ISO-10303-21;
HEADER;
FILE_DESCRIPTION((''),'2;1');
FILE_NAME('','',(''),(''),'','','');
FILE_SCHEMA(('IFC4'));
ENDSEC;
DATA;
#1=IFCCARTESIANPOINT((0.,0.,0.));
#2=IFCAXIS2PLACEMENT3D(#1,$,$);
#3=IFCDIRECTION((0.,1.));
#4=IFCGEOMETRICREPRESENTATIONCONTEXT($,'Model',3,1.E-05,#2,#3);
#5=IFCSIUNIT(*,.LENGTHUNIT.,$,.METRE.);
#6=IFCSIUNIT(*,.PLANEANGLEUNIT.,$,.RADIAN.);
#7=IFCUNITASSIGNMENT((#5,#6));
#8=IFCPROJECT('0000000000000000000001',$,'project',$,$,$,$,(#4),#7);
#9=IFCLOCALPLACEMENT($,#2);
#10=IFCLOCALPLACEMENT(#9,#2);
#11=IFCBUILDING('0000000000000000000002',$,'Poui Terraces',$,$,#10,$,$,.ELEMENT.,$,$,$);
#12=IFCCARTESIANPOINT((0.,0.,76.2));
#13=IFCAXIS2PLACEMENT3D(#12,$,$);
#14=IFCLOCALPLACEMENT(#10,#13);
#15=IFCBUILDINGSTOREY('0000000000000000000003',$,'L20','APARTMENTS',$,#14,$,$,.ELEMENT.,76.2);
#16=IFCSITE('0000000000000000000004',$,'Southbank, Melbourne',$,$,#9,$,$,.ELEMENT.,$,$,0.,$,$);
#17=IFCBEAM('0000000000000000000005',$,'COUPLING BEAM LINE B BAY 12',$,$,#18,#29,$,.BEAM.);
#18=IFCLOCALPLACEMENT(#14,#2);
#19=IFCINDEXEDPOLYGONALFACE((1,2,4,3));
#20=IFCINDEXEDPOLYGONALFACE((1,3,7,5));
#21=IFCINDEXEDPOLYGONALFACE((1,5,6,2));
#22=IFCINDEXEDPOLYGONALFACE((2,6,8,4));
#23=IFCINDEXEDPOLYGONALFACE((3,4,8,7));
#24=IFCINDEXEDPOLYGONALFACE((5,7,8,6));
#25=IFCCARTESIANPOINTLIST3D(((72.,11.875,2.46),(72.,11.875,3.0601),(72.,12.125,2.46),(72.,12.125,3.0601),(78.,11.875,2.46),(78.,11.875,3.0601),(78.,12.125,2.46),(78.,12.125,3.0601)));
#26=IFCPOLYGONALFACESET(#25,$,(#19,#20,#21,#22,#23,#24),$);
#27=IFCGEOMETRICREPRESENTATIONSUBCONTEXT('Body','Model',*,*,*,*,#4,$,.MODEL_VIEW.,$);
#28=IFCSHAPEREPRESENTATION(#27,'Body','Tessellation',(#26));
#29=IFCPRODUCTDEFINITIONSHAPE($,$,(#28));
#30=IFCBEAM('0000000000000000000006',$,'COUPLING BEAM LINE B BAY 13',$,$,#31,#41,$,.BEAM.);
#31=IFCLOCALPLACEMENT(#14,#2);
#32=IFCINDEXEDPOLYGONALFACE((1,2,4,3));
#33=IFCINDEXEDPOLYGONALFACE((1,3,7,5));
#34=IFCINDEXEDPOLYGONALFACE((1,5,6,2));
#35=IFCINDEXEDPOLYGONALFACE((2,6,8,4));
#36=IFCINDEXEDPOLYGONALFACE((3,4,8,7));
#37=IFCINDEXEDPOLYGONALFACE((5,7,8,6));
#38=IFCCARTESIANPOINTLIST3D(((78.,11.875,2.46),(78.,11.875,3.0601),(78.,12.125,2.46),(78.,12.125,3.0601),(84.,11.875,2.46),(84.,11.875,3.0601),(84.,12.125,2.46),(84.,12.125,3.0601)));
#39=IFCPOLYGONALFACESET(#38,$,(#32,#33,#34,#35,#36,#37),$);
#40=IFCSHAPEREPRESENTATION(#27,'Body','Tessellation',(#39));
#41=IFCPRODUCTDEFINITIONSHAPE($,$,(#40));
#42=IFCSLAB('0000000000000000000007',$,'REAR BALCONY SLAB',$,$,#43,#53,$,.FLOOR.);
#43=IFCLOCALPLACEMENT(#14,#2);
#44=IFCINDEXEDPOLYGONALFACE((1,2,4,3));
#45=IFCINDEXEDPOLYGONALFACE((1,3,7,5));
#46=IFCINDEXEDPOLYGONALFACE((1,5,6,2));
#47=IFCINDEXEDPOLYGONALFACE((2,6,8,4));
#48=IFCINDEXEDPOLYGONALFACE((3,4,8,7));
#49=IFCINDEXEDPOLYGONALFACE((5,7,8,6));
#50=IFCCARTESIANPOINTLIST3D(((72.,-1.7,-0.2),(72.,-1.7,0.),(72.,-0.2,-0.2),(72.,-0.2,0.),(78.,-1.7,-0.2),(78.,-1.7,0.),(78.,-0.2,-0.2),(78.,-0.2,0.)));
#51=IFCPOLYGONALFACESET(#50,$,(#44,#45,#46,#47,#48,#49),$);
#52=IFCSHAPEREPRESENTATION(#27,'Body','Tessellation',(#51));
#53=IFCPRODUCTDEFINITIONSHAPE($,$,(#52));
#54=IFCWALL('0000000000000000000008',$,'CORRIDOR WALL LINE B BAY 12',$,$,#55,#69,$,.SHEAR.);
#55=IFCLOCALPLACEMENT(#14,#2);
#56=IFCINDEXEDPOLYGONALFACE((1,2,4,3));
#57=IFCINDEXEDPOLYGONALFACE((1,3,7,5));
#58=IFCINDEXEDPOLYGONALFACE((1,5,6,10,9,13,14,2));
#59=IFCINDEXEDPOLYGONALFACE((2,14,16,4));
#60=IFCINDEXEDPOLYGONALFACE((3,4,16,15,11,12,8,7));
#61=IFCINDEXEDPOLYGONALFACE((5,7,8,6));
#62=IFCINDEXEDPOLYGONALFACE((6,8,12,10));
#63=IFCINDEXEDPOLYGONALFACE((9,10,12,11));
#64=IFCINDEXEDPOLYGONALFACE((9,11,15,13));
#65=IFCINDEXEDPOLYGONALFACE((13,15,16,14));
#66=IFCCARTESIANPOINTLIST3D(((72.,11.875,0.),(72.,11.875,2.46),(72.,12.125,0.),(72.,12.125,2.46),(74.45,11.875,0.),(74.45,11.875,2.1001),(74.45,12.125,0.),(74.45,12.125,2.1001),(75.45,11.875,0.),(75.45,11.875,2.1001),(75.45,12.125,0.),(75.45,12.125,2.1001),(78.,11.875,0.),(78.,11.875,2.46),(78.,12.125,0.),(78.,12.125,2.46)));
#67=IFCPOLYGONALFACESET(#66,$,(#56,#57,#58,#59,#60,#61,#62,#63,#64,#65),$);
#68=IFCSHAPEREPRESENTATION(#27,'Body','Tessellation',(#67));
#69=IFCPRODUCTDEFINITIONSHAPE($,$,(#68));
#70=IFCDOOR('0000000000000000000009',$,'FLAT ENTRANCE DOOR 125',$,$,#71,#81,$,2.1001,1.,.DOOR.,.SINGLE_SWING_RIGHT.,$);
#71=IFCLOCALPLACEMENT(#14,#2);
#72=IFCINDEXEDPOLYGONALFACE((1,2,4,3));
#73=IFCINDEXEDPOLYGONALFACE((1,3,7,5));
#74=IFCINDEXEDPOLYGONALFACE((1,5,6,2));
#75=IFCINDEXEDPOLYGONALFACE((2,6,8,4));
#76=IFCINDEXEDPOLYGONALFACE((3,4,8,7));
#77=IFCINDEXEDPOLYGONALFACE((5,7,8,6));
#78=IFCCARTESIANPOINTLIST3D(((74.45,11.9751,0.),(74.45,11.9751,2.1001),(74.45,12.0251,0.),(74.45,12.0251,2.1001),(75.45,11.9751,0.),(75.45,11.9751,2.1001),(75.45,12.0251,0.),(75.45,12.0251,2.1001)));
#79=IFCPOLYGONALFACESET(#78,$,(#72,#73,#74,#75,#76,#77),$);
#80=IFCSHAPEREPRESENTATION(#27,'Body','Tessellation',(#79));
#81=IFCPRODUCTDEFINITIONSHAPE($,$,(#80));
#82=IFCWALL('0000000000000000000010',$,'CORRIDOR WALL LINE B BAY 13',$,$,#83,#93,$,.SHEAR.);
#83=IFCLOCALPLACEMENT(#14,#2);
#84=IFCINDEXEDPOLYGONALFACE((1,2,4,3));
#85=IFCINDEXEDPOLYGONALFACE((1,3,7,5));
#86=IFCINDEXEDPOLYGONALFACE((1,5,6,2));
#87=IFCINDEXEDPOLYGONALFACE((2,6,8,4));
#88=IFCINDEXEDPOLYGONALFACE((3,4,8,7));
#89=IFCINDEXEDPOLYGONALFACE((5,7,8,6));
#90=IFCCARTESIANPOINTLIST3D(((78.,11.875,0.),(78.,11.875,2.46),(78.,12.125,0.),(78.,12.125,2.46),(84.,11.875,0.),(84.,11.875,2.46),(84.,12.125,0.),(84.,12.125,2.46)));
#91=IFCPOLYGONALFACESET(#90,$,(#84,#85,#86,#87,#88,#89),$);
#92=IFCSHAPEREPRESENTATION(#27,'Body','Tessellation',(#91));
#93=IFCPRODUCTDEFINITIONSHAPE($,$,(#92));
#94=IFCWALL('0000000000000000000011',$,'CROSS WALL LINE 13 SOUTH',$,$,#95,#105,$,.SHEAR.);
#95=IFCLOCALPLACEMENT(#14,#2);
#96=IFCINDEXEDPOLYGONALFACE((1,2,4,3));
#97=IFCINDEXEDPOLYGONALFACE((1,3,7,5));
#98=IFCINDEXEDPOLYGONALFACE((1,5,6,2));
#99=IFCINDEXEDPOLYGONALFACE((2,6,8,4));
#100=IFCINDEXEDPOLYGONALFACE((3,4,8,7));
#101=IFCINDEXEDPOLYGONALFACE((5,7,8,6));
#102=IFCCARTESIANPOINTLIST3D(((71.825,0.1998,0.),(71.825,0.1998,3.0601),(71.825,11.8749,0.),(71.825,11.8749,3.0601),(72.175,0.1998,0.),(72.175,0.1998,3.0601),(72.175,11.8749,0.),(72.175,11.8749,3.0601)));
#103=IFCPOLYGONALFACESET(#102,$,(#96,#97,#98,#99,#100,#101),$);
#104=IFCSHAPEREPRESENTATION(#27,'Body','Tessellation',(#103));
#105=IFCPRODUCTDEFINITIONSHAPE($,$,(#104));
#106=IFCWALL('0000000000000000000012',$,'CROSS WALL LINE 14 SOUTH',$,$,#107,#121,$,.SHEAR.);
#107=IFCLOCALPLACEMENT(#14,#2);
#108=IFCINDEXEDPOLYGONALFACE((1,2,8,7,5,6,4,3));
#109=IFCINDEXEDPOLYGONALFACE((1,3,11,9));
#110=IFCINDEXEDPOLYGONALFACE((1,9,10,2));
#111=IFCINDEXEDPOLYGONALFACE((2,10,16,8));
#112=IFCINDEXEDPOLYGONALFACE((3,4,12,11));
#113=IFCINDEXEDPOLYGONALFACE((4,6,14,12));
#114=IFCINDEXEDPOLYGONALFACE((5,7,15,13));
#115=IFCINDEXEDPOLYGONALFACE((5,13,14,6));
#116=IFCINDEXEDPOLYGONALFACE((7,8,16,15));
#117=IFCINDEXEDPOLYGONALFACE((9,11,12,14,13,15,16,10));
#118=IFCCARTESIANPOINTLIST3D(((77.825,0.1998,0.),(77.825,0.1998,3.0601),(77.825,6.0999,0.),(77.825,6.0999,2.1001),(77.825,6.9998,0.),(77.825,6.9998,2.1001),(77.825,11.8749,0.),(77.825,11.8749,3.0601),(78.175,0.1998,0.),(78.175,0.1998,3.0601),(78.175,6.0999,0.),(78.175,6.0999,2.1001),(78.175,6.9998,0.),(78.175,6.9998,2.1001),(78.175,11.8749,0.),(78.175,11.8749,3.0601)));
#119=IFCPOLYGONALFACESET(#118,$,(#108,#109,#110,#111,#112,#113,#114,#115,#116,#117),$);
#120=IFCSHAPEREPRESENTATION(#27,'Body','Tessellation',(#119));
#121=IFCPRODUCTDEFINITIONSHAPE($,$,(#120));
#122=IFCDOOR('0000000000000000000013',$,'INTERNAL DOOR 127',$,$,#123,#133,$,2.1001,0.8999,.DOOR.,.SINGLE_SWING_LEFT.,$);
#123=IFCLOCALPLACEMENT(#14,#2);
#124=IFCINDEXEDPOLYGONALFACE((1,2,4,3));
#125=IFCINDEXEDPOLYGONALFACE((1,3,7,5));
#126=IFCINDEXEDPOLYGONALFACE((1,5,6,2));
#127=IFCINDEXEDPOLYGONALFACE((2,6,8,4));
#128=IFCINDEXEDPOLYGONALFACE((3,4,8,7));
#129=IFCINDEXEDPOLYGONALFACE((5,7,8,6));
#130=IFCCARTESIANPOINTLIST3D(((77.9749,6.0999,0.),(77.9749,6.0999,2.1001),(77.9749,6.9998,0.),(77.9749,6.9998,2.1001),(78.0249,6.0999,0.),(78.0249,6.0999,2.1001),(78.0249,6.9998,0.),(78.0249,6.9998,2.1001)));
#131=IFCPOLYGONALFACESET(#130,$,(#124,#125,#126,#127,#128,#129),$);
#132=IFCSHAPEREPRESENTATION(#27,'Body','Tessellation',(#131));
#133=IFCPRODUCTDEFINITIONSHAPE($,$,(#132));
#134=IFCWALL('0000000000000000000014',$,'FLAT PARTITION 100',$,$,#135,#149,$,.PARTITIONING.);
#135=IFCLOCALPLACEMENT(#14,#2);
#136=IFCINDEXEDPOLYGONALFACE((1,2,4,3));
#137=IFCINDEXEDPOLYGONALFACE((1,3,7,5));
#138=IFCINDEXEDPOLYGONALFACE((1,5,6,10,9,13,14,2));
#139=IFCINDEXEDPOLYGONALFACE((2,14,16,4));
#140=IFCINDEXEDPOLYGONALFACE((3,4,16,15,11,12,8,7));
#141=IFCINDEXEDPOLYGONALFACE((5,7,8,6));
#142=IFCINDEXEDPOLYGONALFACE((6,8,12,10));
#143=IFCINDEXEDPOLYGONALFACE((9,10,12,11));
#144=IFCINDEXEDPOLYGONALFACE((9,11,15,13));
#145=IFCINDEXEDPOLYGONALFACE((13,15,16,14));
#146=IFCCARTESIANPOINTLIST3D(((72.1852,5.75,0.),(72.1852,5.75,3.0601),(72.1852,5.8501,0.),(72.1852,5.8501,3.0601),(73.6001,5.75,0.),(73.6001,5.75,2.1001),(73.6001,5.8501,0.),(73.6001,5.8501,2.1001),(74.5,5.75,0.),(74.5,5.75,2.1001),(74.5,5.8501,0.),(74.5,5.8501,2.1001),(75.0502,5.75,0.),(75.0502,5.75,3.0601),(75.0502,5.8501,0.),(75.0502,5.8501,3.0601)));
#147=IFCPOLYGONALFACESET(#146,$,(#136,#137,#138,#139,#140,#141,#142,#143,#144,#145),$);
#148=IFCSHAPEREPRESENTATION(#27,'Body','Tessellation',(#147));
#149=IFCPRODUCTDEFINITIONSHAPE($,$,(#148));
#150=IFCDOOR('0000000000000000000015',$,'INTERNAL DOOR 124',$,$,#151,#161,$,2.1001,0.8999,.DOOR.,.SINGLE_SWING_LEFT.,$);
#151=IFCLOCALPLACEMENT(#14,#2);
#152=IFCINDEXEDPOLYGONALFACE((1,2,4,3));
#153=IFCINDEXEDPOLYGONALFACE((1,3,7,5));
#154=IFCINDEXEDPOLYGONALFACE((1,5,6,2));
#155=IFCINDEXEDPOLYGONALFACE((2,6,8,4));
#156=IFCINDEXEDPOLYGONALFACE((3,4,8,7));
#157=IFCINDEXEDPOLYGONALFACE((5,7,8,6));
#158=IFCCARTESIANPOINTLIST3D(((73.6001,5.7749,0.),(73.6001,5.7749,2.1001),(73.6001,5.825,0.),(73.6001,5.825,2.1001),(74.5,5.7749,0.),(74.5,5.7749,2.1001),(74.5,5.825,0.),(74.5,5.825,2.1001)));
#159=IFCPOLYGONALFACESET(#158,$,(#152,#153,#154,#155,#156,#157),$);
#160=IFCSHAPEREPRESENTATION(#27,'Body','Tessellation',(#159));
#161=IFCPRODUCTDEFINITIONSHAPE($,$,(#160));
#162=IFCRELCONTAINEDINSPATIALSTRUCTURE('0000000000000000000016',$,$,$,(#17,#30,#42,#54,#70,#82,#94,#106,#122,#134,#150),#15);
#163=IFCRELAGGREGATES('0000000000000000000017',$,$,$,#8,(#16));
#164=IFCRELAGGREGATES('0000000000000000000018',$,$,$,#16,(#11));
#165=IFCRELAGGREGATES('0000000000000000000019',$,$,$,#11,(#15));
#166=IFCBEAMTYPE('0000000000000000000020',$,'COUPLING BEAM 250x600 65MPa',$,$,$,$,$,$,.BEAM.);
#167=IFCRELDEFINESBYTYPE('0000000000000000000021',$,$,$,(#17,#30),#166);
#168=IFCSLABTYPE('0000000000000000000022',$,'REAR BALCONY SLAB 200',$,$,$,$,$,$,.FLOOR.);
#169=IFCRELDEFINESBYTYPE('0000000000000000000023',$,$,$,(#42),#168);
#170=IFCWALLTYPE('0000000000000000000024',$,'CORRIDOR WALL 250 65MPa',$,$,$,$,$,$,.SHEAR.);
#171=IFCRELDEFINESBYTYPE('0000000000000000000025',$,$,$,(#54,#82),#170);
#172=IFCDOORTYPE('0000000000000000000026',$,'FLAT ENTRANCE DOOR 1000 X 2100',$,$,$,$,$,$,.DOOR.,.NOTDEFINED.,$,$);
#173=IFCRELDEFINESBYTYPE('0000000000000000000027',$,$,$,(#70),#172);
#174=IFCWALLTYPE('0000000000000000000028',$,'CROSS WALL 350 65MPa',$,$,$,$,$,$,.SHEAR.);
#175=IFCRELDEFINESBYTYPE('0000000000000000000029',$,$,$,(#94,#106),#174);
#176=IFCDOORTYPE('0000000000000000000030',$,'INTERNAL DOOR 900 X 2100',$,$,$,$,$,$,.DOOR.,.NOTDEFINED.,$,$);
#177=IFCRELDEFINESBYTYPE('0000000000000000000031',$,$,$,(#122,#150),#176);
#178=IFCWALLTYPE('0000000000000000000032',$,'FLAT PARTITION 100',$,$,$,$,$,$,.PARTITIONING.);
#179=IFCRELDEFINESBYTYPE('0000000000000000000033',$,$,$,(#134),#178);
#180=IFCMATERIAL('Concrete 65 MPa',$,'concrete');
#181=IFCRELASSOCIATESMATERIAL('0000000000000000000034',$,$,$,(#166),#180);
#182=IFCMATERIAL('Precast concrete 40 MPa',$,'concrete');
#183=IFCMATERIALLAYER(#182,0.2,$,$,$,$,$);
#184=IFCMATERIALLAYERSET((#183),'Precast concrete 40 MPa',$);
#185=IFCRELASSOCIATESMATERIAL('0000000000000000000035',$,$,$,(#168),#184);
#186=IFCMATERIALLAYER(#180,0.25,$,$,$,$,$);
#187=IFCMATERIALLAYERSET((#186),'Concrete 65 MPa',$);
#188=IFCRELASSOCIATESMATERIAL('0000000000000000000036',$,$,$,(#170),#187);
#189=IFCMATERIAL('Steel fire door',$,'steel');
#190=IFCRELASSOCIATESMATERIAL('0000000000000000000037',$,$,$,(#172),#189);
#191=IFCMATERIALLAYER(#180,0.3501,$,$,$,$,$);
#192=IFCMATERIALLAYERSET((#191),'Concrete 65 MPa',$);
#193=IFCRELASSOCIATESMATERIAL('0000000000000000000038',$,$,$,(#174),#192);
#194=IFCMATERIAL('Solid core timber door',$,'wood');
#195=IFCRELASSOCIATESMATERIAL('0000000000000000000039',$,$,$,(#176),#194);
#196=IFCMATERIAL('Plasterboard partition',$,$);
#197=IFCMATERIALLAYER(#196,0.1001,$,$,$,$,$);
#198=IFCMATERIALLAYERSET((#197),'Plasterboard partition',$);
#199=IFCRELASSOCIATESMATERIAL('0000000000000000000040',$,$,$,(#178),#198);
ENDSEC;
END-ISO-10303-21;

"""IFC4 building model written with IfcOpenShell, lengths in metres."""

from ifc_helpers import new_model, si_unit, direction, frame, frame_2d, origin, origin_2d, place, context, subcontext, project, spatial, polyline, rectangle, outline, extrude, source, transform, mapped, material, layer, layer_set, material_profile, profile_set, type_object, element, fill, save


model = new_model("IFC4")

# Units and contexts
model_context = context("Model", 3, precision=1e-05, world=origin(), true_north=direction((0.0, 1.0)))
body_context = subcontext(model_context, "Body", "Model", "MODEL_VIEW")
ifc_project = project(units=[si_unit("LENGTHUNIT", "METRE"), si_unit("PLANEANGLEUNIT", "RADIAN")], contexts=[model_context])

# Site, building, storey
site_placement = place(None, origin())
site = spatial("IfcSite", under=ifc_project, at=site_placement, Name="Southbank, Melbourne", CompositionType="ELEMENT", RefElevation=0.0)
building_placement = place(site_placement, origin())
building = spatial("IfcBuilding", under=site, at=building_placement, Name="Poui Terraces", CompositionType="ELEMENT")
storey_placement = place(building_placement, frame((0.0, 0.0, 76.2)))
storey = spatial("IfcBuildingStorey", under=building, at=storey_placement, Name="L20", Description="APARTMENTS", CompositionType="ELEMENT", Elevation=76.2)

# Beams
ifc_material_1 = material(Name="Concrete 65 MPa", Category="concrete")
ifc_material_profile_1 = material_profile(ifc_material_1, rectangle(XDim=0.25, YDim=0.6001, at=origin_2d()), Name="RC 250x600")
ifc_profile_set_1 = profile_set([ifc_material_profile_1], Name="Concrete 65 MPa")
beam_type = type_object("IfcBeamType", Name="COUPLING BEAM 250x600 65MPa", PredefinedType="BEAM", material=ifc_profile_set_1)
shared_shape_1 = source(origin(), body_context, "Body", "SweptSolid", [
    extrude(rectangle(XDim=0.25, YDim=0.6001, at=origin_2d()), origin(), (0.0, 0.0, 1.0), 6.0),
])
for number, where, z_axis, x_axis, name in (
    (1, (72.0, 12.0, 2.76), (1.0, 0.0, 0.0), (0.0, 1.0, 0.0), "COUPLING BEAM LINE B BAY 12"),
    (2, (78.0, 12.0, 2.76), (1.0, 0.0, 0.0), (0.0, 1.0, 0.0), "COUPLING BEAM LINE B BAY 13"),
):
    element("IfcBeam", number, at=place(storey_placement, frame(where, z_axis=z_axis, x_axis=x_axis)), inside=storey, type_object=beam_type, Name=name, PredefinedType="BEAM", context=body_context, shape_type="MappedRepresentation", body=[
        mapped(shared_shape_1, transform((0.0, 0.0, 0.0))),
    ])

# Slab
ifc_material_2 = material(Name="Precast concrete 40 MPa", Category="concrete")
ifc_layer_1 = layer(ifc_material_2, 0.2)
ifc_layer_set_1 = layer_set([ifc_layer_1], Name="Precast concrete 40 MPa")
slab_type = type_object("IfcSlabType", Name="REAR BALCONY SLAB 200", PredefinedType="FLOOR", material=ifc_layer_set_1)
shared_shape_2 = source(origin(), body_context, "Body", "SweptSolid", [
    extrude(outline(polyline([(0.0, 0.0), (6.0, 0.0), (6.0, 1.5), (0.0, 1.5), (0.0, 0.0)])), origin(), (0.0, 0.0, 1.0), 0.2),
])
slab_placement = place(storey_placement, frame((72.0, -1.7, -0.2)))
element("IfcSlab", 3, at=slab_placement, inside=storey, type_object=slab_type, Name="REAR BALCONY SLAB", PredefinedType="FLOOR", context=body_context, shape_type="MappedRepresentation", body=[
    mapped(shared_shape_2, transform((0.0, 0.0, 0.0))),
])

# Wall, opening, door
ifc_layer_2 = layer(ifc_material_1, 0.25)
ifc_layer_set_2 = layer_set([ifc_layer_2], Name="Concrete 65 MPa")
wall_type_1 = type_object("IfcWallType", Name="CORRIDOR WALL 250 65MPa", PredefinedType="SHEAR", material=ifc_layer_set_2)
wall_1_placement = place(storey_placement, frame((72.0, 12.0, 0.0), z_axis=(0.0, 0.0, 1.0), x_axis=(1.0, 0.0, 0.0)))
wall_1 = element("IfcWall", 4, at=wall_1_placement, inside=storey, type_object=wall_type_1, Name="CORRIDOR WALL LINE B BAY 12", PredefinedType="SHEAR", context=body_context, shape_type="SweptSolid", body=[
    extrude(rectangle(XDim=6.0, YDim=0.25, at=frame_2d((3.0, 0.0))), origin(), (0.0, 0.0, 1.0), 2.46),
])
opening_1_placement = place(wall_1_placement, frame((2.45, 0.0, 0.0)))
opening_1 = element("IfcOpeningElement", 5, at=opening_1_placement, cuts=wall_1, PredefinedType="OPENING", context=body_context, shape_type="SweptSolid", body=[
    extrude(rectangle(XDim=1.0, YDim=2.1001, at=frame_2d((0.5, 1.05))), frame((0.0, 0.135, 0.0), z_axis=(0.0, -1.0, 0.0), x_axis=(1.0, 0.0, 0.0)), (0.0, 0.0, 1.0), 0.27),
])
ifc_material_3 = material(Name="Steel fire door", Category="steel")
door_type_1 = type_object("IfcDoorType", Name="FLAT ENTRANCE DOOR 1000 X 2100", OperationType="NOTDEFINED", PredefinedType="DOOR", material=ifc_material_3)
door_1_placement = place(opening_1_placement, frame((1.0, 0.0, 0.0), z_axis=(0.0, 0.0, 1.0), x_axis=(-1.0, 0.0, 0.0)))
door_1 = element("IfcDoor", 6, at=door_1_placement, inside=storey, type_object=door_type_1, Name="FLAT ENTRANCE DOOR 125", OperationType="SINGLE_SWING_RIGHT", OverallHeight=2.1001, OverallWidth=1.0, PredefinedType="DOOR", context=body_context, shape_type="SweptSolid", body=[
    extrude(rectangle(XDim=1.0, YDim=2.1001, at=frame_2d((0.5, 1.05))), frame((0.0, 0.0249, 0.0), z_axis=(0.0, -1.0, 0.0), x_axis=(1.0, 0.0, 0.0)), (0.0, 0.0, 1.0), 0.05),
])
fill(opening_1, door_1)

# Walls
wall_2_placement = place(storey_placement, frame((78.0, 12.0, 0.0), z_axis=(0.0, 0.0, 1.0), x_axis=(1.0, 0.0, 0.0)))
element("IfcWall", 7, at=wall_2_placement, inside=storey, type_object=wall_type_1, Name="CORRIDOR WALL LINE B BAY 13", PredefinedType="SHEAR", context=body_context, shape_type="SweptSolid", body=[
    extrude(rectangle(XDim=6.0, YDim=0.25, at=frame_2d((3.0, 0.0))), origin(), (0.0, 0.0, 1.0), 2.46),
])
ifc_layer_3 = layer(ifc_material_1, 0.3501)
ifc_layer_set_3 = layer_set([ifc_layer_3], Name="Concrete 65 MPa")
wall_type_2 = type_object("IfcWallType", Name="CROSS WALL 350 65MPa", PredefinedType="SHEAR", material=ifc_layer_set_3)
wall_3_placement = place(storey_placement, frame((72.0, 0.2, 0.0), z_axis=(0.0, 0.0, 1.0), x_axis=(0.0, 1.0, 0.0)))
element("IfcWall", 8, at=wall_3_placement, inside=storey, type_object=wall_type_2, Name="CROSS WALL LINE 13 SOUTH", PredefinedType="SHEAR", context=body_context, shape_type="SweptSolid", body=[
    extrude(rectangle(XDim=11.675, YDim=0.3501, at=frame_2d((5.8374, 0.0))), origin(), (0.0, 0.0, 1.0), 3.0601),
])

# Walls, openings, doors
wall_4_placement = place(storey_placement, frame((78.0, 0.2, 0.0), z_axis=(0.0, 0.0, 1.0), x_axis=(0.0, 1.0, 0.0)))
wall_4 = element("IfcWall", 9, at=wall_4_placement, inside=storey, type_object=wall_type_2, Name="CROSS WALL LINE 14 SOUTH", PredefinedType="SHEAR", context=body_context, shape_type="SweptSolid", body=[
    extrude(rectangle(XDim=11.675, YDim=0.3501, at=frame_2d((5.8374, 0.0))), origin(), (0.0, 0.0, 1.0), 3.0601),
])
opening_2_placement = place(wall_4_placement, frame((5.8999, 0.0, 0.0)))
opening_2 = element("IfcOpeningElement", 10, at=opening_2_placement, cuts=wall_4, PredefinedType="OPENING", context=body_context, shape_type="SweptSolid", body=[
    extrude(rectangle(XDim=0.8999, YDim=2.1001, at=frame_2d((0.45, 1.05))), frame((0.0, 0.1851, 0.0), z_axis=(0.0, -1.0, 0.0), x_axis=(1.0, 0.0, 0.0)), (0.0, 0.0, 1.0), 0.3701),
])
ifc_material_4 = material(Name="Solid core timber door", Category="wood")
door_type_2 = type_object("IfcDoorType", Name="INTERNAL DOOR 900 X 2100", OperationType="NOTDEFINED", PredefinedType="DOOR", material=ifc_material_4)
door_2_placement = place(opening_2_placement, frame((0.8999, 0.0, 0.0), z_axis=(0.0, 0.0, 1.0), x_axis=(-1.0, 0.0, 0.0)))
door_2 = element("IfcDoor", 11, at=door_2_placement, inside=storey, type_object=door_type_2, Name="INTERNAL DOOR 127", OperationType="SINGLE_SWING_LEFT", OverallHeight=2.1001, OverallWidth=0.8999, PredefinedType="DOOR", context=body_context, shape_type="SweptSolid", body=[
    extrude(rectangle(XDim=0.8999, YDim=2.1001, at=frame_2d((0.45, 1.05))), frame((0.0, 0.0249, 0.0), z_axis=(0.0, -1.0, 0.0), x_axis=(1.0, 0.0, 0.0)), (0.0, 0.0, 1.0), 0.05),
])
fill(opening_2, door_2)
ifc_material_5 = material(Name="Plasterboard partition")
ifc_layer_4 = layer(ifc_material_5, 0.1001)
ifc_layer_set_4 = layer_set([ifc_layer_4], Name="Plasterboard partition")
wall_type_3 = type_object("IfcWallType", Name="FLAT PARTITION 100", PredefinedType="PARTITIONING", material=ifc_layer_set_4)
wall_5_placement = place(storey_placement, frame((72.1851, 5.8, 0.0), z_axis=(0.0, 0.0, 1.0), x_axis=(1.0, 0.0, 0.0)))
wall_5 = element("IfcWall", 12, at=wall_5_placement, inside=storey, type_object=wall_type_3, Name="FLAT PARTITION 100", PredefinedType="PARTITIONING", context=body_context, shape_type="SweptSolid", body=[
    extrude(rectangle(XDim=2.865, YDim=0.1001, at=frame_2d((1.4326, 0.0))), origin(), (0.0, 0.0, 1.0), 3.0601),
])
opening_3_placement = place(wall_5_placement, frame((1.415, 0.0, 0.0)))
opening_3 = element("IfcOpeningElement", 13, at=opening_3_placement, cuts=wall_5, PredefinedType="OPENING", context=body_context, shape_type="SweptSolid", body=[
    extrude(rectangle(XDim=0.8999, YDim=2.1001, at=frame_2d((0.45, 1.05))), frame((0.0, 0.0601, 0.0), z_axis=(0.0, -1.0, 0.0), x_axis=(1.0, 0.0, 0.0)), (0.0, 0.0, 1.0), 0.1201),
])
door_3_placement = place(opening_3_placement, origin())
door_3 = element("IfcDoor", 14, at=door_3_placement, inside=storey, type_object=door_type_2, Name="INTERNAL DOOR 124", OperationType="SINGLE_SWING_LEFT", OverallHeight=2.1001, OverallWidth=0.8999, PredefinedType="DOOR", context=body_context, shape_type="SweptSolid", body=[
    extrude(rectangle(XDim=0.8999, YDim=2.1001, at=frame_2d((0.45, 1.05))), frame((0.0, 0.0249, 0.0), z_axis=(0.0, -1.0, 0.0), x_axis=(1.0, 0.0, 0.0)), (0.0, 0.0, 1.0), 0.05),
])
fill(opening_3, door_3)

save(model, "model.ifc")
